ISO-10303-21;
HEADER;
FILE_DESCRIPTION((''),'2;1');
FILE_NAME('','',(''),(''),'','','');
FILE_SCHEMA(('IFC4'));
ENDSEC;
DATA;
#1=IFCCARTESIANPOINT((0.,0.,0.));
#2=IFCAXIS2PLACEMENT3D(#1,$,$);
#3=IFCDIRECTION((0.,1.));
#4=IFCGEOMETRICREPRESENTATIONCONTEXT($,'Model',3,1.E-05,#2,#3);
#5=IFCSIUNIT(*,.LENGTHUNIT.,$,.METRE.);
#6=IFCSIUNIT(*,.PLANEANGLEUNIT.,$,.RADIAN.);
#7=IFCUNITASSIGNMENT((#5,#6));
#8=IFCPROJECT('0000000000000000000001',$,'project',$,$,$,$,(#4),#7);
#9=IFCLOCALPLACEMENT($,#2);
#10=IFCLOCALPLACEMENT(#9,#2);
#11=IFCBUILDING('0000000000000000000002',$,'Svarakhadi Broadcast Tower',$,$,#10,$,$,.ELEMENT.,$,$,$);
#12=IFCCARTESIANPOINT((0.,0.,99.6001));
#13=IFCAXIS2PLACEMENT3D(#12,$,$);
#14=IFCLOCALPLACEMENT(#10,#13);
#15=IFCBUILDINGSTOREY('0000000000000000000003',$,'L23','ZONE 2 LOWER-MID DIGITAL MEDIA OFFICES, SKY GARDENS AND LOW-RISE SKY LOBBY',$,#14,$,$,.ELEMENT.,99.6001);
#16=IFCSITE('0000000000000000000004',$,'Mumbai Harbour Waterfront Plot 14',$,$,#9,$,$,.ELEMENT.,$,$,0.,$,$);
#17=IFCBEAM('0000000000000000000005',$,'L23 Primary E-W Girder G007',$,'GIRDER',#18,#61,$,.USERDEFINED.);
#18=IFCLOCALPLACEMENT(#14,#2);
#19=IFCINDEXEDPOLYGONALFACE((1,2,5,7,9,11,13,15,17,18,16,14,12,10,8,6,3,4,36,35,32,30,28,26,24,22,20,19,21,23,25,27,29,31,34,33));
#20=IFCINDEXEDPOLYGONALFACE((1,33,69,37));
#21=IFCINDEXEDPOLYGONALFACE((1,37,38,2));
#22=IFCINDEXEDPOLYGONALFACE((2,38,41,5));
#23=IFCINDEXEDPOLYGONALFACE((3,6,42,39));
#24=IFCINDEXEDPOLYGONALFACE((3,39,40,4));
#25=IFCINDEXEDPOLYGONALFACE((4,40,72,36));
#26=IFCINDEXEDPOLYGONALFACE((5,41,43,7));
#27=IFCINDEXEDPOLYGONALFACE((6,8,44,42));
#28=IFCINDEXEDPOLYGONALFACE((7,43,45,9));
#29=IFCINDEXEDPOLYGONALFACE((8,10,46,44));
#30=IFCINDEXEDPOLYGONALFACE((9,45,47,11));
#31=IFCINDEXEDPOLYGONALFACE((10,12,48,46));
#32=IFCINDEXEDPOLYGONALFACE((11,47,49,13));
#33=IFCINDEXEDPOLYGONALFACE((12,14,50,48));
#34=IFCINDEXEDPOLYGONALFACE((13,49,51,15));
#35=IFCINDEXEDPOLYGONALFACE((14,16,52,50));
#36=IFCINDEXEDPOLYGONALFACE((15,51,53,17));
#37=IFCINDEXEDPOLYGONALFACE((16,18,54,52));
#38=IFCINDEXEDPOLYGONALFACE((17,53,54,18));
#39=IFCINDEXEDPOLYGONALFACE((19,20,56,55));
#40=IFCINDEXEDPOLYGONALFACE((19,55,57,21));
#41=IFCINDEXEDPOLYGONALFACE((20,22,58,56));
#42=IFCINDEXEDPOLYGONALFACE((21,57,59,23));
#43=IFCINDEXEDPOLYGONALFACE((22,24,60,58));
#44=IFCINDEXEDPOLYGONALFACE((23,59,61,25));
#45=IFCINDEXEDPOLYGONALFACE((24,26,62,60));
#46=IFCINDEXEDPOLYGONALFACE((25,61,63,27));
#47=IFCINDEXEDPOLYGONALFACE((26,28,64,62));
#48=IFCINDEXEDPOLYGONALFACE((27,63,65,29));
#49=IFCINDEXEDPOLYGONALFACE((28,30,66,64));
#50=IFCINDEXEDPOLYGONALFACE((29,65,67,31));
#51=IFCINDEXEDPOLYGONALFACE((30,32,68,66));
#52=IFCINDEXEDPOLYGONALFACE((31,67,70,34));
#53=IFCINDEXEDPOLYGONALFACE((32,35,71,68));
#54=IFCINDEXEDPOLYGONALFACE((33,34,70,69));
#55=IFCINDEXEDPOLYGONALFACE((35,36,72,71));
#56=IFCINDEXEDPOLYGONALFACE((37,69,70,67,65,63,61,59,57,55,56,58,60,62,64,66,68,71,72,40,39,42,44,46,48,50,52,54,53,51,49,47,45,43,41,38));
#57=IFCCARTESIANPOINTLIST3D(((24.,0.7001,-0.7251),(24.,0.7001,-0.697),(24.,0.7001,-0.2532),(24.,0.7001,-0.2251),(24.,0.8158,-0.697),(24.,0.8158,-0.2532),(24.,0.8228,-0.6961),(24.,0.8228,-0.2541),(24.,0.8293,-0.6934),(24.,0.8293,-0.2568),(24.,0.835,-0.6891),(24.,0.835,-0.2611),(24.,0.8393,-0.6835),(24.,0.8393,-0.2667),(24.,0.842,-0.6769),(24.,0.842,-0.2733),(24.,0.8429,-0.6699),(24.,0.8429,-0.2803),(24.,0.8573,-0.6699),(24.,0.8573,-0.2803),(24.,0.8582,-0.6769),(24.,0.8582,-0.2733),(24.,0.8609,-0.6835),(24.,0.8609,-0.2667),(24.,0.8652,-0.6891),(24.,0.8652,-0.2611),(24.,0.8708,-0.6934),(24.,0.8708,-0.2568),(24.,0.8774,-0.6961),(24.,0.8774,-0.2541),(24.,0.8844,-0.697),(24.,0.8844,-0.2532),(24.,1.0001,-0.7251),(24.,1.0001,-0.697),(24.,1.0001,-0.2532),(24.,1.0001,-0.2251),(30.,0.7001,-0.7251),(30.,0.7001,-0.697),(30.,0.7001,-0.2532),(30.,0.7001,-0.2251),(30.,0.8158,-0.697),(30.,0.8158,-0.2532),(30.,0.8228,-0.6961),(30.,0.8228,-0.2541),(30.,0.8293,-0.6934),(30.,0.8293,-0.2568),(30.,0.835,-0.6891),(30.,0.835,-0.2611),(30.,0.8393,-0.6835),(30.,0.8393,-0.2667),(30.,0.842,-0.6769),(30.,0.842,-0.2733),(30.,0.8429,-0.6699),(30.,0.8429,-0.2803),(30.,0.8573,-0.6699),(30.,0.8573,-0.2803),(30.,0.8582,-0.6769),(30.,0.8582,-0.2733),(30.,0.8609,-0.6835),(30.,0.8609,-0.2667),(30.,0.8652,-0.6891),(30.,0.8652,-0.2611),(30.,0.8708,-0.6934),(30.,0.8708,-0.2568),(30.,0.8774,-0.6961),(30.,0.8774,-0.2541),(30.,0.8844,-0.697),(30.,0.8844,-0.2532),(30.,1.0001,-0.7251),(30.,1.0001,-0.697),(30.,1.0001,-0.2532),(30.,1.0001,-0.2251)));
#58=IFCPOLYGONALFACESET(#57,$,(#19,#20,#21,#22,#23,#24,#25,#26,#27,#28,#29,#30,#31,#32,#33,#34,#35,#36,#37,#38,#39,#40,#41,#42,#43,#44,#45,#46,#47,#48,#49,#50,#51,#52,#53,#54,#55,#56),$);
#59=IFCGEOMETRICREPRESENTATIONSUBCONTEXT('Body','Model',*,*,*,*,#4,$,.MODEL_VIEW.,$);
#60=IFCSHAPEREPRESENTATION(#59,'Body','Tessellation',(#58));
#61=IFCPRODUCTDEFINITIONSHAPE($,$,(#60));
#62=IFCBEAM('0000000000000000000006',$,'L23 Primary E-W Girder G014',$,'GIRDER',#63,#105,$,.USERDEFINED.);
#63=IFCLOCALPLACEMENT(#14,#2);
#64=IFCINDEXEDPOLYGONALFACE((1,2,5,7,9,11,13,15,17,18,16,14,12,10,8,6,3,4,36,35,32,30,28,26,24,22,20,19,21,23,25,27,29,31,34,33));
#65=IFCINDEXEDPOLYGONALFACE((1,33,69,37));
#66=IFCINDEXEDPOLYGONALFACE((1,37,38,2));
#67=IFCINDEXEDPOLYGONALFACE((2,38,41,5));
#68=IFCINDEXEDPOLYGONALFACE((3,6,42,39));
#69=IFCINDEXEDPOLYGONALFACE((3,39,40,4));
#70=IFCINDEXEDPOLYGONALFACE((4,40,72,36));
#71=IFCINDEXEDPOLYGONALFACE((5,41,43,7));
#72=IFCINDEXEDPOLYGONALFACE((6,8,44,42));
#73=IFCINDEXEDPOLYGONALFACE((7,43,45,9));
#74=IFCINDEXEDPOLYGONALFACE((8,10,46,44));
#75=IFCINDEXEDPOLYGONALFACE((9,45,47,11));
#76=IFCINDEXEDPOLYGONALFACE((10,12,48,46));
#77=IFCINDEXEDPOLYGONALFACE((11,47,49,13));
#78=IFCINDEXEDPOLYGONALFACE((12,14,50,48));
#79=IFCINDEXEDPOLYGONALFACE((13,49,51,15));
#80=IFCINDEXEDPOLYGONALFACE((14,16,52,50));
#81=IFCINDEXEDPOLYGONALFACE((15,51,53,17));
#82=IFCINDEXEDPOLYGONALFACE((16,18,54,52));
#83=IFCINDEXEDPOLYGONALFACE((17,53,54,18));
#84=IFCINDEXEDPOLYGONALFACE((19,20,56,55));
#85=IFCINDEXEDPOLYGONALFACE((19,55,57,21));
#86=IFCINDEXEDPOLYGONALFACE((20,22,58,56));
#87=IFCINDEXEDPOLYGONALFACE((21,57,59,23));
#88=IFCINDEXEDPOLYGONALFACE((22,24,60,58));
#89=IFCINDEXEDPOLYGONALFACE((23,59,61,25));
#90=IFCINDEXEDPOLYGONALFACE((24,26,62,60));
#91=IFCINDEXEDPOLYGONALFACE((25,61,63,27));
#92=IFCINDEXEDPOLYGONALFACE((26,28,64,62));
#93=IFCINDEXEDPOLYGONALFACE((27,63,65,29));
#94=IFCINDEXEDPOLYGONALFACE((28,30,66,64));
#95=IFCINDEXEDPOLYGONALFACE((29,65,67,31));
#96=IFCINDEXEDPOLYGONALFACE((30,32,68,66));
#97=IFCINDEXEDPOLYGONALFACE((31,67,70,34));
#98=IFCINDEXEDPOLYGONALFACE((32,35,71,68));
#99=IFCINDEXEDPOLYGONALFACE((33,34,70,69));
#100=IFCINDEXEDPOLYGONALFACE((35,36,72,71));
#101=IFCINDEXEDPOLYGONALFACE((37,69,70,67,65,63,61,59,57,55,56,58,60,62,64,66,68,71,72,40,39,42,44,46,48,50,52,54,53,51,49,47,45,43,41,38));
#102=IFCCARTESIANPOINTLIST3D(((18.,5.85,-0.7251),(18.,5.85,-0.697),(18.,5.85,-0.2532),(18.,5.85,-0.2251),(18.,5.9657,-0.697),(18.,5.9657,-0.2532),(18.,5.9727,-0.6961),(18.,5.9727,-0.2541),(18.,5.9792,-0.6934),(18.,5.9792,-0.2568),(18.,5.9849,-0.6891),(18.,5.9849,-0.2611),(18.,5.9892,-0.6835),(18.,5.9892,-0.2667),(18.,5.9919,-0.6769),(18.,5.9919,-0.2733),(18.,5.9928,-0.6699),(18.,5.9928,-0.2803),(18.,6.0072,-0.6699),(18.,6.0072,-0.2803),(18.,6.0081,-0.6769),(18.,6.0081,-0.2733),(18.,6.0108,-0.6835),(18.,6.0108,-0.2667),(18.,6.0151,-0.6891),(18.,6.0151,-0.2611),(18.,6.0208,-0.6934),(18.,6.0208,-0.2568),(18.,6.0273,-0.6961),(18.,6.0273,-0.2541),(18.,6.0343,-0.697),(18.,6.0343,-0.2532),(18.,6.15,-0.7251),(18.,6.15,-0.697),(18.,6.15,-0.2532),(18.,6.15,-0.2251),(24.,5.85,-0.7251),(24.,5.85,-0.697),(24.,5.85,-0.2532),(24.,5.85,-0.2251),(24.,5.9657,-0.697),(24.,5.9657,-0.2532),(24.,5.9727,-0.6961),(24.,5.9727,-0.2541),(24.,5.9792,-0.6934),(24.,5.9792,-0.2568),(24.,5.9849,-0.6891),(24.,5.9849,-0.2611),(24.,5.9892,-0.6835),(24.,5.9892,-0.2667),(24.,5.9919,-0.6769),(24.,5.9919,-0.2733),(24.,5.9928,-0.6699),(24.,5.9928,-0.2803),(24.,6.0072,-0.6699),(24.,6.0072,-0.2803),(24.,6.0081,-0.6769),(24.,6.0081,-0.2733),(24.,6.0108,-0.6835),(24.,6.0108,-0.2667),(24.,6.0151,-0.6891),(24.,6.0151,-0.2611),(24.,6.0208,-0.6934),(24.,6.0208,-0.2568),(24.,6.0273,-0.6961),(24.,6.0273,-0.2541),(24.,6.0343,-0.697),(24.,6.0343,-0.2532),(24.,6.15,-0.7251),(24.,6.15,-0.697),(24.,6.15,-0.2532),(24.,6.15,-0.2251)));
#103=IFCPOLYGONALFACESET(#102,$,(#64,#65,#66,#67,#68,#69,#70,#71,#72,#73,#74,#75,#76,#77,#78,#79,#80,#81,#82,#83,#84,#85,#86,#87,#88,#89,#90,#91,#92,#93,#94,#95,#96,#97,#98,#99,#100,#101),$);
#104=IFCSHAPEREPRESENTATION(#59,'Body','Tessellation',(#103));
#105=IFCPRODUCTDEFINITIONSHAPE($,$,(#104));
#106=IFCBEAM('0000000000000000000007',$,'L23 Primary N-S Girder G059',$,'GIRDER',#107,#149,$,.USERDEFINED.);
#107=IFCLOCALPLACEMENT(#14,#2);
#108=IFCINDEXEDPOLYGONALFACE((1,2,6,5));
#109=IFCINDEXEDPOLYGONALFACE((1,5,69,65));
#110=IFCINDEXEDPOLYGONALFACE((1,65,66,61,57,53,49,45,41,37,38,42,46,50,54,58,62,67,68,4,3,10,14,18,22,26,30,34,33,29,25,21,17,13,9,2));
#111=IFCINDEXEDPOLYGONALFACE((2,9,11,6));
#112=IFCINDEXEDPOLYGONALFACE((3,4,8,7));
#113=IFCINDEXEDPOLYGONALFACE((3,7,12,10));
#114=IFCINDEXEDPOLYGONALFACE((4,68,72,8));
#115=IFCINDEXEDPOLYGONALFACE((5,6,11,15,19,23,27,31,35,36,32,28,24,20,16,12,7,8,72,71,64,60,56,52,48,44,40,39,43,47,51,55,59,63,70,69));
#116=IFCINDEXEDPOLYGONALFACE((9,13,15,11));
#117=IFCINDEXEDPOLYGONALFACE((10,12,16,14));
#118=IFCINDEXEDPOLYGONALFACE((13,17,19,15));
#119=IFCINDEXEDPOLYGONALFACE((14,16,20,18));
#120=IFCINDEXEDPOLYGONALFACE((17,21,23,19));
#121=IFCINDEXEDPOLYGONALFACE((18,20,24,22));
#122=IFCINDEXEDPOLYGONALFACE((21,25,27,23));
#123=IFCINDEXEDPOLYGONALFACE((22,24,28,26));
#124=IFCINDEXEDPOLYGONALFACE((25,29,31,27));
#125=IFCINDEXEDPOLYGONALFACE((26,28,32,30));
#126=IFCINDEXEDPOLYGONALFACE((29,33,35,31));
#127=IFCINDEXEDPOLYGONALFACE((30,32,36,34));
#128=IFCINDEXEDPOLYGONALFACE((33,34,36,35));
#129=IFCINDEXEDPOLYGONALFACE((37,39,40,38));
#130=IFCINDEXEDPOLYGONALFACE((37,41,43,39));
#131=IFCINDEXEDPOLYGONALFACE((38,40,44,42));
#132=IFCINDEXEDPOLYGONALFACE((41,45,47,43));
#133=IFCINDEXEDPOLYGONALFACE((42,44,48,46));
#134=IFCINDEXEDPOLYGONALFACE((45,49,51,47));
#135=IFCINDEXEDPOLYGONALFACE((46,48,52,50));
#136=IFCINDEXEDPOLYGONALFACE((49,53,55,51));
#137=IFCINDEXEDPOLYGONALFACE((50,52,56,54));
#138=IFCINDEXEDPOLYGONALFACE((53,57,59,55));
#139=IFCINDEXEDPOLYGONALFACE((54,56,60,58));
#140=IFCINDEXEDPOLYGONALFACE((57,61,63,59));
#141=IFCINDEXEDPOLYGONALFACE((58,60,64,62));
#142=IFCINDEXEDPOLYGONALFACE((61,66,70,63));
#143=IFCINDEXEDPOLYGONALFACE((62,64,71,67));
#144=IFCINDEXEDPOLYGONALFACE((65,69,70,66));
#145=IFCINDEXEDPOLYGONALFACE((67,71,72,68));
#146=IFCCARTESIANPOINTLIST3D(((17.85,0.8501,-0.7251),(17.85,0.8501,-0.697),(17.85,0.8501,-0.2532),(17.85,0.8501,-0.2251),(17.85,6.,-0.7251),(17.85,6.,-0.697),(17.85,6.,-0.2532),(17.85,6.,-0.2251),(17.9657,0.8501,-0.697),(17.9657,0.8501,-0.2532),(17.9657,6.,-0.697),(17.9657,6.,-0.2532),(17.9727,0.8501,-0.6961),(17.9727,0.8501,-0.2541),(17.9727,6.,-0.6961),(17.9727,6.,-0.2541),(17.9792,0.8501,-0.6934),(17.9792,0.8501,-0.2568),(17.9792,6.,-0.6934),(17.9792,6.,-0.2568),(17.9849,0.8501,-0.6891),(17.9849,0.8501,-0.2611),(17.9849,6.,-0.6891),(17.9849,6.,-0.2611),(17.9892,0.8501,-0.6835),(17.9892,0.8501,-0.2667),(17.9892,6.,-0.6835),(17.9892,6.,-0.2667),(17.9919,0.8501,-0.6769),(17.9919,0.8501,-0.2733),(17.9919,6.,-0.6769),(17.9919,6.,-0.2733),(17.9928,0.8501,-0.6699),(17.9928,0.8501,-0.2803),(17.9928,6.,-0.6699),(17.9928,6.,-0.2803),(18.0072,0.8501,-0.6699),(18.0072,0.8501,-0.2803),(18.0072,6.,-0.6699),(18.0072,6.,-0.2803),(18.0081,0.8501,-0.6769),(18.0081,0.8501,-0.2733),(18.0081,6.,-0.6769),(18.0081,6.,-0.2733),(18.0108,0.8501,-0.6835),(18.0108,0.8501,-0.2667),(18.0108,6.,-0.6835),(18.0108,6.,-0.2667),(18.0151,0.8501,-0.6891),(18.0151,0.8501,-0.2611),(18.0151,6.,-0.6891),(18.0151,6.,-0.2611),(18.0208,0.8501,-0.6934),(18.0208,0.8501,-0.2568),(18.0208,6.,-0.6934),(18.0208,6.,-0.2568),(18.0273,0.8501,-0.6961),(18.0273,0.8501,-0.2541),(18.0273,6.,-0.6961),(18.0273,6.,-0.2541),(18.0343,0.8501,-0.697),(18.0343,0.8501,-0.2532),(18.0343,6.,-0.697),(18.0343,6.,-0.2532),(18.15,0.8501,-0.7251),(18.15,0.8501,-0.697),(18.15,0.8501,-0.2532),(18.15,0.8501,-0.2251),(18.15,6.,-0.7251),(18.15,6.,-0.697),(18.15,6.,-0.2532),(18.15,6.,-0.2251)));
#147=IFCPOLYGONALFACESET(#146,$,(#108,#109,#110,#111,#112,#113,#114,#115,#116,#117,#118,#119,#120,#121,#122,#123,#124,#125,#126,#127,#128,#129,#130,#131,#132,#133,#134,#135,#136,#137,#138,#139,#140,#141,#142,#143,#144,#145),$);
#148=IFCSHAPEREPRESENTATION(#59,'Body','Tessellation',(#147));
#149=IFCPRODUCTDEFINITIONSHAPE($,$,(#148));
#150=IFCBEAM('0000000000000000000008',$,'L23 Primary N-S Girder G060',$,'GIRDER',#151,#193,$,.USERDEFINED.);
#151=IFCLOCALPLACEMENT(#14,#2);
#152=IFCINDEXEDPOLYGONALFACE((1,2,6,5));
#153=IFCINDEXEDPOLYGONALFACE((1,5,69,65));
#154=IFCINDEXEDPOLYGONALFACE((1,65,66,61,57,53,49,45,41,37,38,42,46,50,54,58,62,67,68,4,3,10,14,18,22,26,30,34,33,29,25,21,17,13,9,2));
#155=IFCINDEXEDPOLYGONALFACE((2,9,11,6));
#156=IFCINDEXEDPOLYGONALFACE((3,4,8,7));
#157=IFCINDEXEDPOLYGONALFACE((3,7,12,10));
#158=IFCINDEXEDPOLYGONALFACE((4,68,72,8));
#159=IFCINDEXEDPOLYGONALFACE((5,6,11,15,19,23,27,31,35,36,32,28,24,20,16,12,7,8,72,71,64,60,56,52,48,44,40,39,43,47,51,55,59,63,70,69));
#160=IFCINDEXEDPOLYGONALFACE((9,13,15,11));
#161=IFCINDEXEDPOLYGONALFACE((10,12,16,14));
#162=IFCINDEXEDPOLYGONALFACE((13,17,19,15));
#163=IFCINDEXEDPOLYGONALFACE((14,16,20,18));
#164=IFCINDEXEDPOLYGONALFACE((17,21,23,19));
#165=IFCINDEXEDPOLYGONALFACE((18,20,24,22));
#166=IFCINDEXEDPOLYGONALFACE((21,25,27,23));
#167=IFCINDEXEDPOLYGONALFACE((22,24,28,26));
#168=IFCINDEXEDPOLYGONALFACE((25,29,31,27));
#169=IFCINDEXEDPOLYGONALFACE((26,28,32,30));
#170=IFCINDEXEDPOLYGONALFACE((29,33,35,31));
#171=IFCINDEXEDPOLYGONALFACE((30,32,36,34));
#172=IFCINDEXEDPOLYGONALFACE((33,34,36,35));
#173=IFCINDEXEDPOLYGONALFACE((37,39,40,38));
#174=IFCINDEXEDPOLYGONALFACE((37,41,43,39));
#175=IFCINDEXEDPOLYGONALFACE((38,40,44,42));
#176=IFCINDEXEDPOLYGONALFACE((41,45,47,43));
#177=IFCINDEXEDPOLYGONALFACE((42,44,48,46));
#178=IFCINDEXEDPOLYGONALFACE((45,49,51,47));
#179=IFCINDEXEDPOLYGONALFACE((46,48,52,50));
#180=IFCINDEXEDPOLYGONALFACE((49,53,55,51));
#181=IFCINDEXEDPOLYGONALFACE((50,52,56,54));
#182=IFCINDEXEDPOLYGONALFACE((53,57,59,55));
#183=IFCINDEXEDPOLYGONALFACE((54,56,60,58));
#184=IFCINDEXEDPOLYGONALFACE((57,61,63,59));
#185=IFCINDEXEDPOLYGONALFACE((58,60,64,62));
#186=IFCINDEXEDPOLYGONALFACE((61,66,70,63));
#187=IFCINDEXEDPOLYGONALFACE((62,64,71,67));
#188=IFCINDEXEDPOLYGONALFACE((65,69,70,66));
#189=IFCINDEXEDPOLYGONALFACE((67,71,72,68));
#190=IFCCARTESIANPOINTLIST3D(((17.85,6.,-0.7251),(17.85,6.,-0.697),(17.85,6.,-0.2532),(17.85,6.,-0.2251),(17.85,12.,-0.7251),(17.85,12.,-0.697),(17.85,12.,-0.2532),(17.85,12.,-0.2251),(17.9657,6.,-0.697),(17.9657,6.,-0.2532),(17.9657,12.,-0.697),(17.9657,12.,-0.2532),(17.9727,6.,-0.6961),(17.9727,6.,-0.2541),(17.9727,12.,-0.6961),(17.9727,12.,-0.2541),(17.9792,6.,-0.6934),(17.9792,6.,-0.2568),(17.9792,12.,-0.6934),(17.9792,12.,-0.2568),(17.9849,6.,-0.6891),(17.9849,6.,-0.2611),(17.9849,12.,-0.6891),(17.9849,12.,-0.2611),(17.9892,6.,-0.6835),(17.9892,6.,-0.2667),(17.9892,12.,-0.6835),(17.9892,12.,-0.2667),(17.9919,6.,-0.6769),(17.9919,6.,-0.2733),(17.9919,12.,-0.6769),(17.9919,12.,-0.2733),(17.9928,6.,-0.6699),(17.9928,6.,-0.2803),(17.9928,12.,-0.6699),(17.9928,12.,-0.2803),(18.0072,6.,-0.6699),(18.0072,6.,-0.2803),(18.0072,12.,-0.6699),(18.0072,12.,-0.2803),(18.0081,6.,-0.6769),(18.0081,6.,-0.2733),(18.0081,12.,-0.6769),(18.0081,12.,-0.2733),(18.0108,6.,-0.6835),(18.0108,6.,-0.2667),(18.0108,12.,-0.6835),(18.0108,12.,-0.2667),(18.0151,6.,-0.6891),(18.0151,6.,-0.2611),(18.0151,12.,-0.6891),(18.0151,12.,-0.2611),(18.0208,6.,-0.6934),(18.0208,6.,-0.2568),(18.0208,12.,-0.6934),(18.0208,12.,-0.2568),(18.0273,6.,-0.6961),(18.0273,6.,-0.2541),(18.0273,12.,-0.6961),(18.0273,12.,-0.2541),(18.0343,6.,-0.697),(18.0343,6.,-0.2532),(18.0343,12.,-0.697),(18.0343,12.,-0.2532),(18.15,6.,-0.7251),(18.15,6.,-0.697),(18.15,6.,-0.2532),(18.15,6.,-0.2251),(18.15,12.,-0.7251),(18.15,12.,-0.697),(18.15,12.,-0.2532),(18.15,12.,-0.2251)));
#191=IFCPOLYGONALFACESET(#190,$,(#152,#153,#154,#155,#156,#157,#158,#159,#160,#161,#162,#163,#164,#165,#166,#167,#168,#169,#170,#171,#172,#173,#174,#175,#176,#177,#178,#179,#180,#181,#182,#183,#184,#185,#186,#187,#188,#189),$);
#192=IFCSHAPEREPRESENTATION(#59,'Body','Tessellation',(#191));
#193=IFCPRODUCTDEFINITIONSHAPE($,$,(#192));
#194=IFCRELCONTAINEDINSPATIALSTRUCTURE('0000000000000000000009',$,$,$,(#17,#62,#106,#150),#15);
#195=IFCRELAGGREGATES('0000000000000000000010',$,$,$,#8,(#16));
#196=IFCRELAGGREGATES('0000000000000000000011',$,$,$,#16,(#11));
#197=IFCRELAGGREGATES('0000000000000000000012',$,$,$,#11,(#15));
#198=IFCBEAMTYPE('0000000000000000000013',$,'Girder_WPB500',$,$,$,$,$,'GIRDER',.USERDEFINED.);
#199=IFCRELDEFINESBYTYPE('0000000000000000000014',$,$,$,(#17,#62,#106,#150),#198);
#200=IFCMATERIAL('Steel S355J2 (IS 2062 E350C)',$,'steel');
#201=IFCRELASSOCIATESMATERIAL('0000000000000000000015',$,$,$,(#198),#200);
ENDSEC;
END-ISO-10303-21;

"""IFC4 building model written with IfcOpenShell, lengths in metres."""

from ifc_helpers import new_model, si_unit, direction, frame, origin, origin_2d, place, context, subcontext, project, spatial, i_section, extrude, material, material_profile, profile_set, type_object, element, save


model = new_model("IFC4")

# Units and contexts
model_context = context("Model", 3, precision=1e-05, world=origin(), true_north=direction((0.0, 1.0)))
body_context = subcontext(model_context, "Body", "Model", "MODEL_VIEW")
ifc_project = project(units=[si_unit("LENGTHUNIT", "METRE"), si_unit("PLANEANGLEUNIT", "RADIAN")], contexts=[model_context])

# Site, building, storey
site_placement = place(None, origin())
site = spatial("IfcSite", under=ifc_project, at=site_placement, Name="Mumbai Harbour Waterfront Plot 14", CompositionType="ELEMENT", RefElevation=0.0)
building_placement = place(site_placement, origin())
building = spatial("IfcBuilding", under=site, at=building_placement, Name="Svarakhadi Broadcast Tower", CompositionType="ELEMENT")
storey_placement = place(building_placement, frame((0.0, 0.0, 99.6001)))
storey = spatial("IfcBuildingStorey", under=building, at=storey_placement, Name="L23", Description="ZONE 2 LOWER-MID DIGITAL MEDIA OFFICES, SKY GARDENS AND LOW-RISE SKY LOBBY", CompositionType="ELEMENT", Elevation=99.6001)

# Shared definitions
ifc_material_1 = material(Name="Steel S355J2 (IS 2062 E350C)", Category="steel")

# Beams
ifc_material_profile_1 = material_profile(ifc_material_1, i_section(OverallWidth=0.3, OverallDepth=0.5, WebThickness=0.0144, FlangeThickness=0.0281, FilletRadius=0.0271, at=origin_2d()), Name="WPB 500x300x187")
ifc_profile_set_1 = profile_set([ifc_material_profile_1], Name="Steel S355J2 (IS 2062 E350C)")
beam_type_1 = type_object("IfcBeamType", Name="Girder_WPB500", ElementType="GIRDER", PredefinedType="USERDEFINED", material=ifc_profile_set_1)
for number, where, z_axis, x_axis, name in (
    (1, (24.0, 0.8501, -0.4751), (1.0, 0.0, 0.0), (0.0, 1.0, 0.0), "L23 Primary E-W Girder G007"),
    (2, (18.0, 6.0, -0.4751), (1.0, 0.0, 0.0), (0.0, 1.0, 0.0), "L23 Primary E-W Girder G014"),
):
    element("IfcBeam", number, at=place(storey_placement, frame(where, z_axis=z_axis, x_axis=x_axis)), inside=storey, type_object=beam_type_1, Name=name, ObjectType="GIRDER", PredefinedType="USERDEFINED", context=body_context, shape_type="SweptSolid", body=[
        extrude(i_section(OverallWidth=0.3, OverallDepth=0.5, WebThickness=0.0144, FlangeThickness=0.0281, FilletRadius=0.0271, at=origin_2d()), origin(), (0.0, 0.0, 1.0), 6.0),
    ])
beam_1_placement = place(storey_placement, frame((18.0, 0.8501, -0.4751), z_axis=(0.0, 1.0, 0.0), x_axis=(-1.0, 0.0, 0.0)))
element("IfcBeam", 3, at=beam_1_placement, inside=storey, type_object=beam_type_1, Name="L23 Primary N-S Girder G059", ObjectType="GIRDER", PredefinedType="USERDEFINED", context=body_context, shape_type="SweptSolid", body=[
    extrude(i_section(OverallWidth=0.3, OverallDepth=0.5, WebThickness=0.0144, FlangeThickness=0.0281, FilletRadius=0.0271, at=origin_2d()), origin(), (0.0, 0.0, 1.0), 5.1499),
])
beam_2_placement = place(storey_placement, frame((18.0, 6.0, -0.4751), z_axis=(0.0, 1.0, 0.0), x_axis=(-1.0, 0.0, 0.0)))
element("IfcBeam", 4, at=beam_2_placement, inside=storey, type_object=beam_type_1, Name="L23 Primary N-S Girder G060", ObjectType="GIRDER", PredefinedType="USERDEFINED", context=body_context, shape_type="SweptSolid", body=[
    extrude(i_section(OverallWidth=0.3, OverallDepth=0.5, WebThickness=0.0144, FlangeThickness=0.0281, FilletRadius=0.0271, at=origin_2d()), origin(), (0.0, 0.0, 1.0), 6.0),
])

save(model, "model.ifc")
